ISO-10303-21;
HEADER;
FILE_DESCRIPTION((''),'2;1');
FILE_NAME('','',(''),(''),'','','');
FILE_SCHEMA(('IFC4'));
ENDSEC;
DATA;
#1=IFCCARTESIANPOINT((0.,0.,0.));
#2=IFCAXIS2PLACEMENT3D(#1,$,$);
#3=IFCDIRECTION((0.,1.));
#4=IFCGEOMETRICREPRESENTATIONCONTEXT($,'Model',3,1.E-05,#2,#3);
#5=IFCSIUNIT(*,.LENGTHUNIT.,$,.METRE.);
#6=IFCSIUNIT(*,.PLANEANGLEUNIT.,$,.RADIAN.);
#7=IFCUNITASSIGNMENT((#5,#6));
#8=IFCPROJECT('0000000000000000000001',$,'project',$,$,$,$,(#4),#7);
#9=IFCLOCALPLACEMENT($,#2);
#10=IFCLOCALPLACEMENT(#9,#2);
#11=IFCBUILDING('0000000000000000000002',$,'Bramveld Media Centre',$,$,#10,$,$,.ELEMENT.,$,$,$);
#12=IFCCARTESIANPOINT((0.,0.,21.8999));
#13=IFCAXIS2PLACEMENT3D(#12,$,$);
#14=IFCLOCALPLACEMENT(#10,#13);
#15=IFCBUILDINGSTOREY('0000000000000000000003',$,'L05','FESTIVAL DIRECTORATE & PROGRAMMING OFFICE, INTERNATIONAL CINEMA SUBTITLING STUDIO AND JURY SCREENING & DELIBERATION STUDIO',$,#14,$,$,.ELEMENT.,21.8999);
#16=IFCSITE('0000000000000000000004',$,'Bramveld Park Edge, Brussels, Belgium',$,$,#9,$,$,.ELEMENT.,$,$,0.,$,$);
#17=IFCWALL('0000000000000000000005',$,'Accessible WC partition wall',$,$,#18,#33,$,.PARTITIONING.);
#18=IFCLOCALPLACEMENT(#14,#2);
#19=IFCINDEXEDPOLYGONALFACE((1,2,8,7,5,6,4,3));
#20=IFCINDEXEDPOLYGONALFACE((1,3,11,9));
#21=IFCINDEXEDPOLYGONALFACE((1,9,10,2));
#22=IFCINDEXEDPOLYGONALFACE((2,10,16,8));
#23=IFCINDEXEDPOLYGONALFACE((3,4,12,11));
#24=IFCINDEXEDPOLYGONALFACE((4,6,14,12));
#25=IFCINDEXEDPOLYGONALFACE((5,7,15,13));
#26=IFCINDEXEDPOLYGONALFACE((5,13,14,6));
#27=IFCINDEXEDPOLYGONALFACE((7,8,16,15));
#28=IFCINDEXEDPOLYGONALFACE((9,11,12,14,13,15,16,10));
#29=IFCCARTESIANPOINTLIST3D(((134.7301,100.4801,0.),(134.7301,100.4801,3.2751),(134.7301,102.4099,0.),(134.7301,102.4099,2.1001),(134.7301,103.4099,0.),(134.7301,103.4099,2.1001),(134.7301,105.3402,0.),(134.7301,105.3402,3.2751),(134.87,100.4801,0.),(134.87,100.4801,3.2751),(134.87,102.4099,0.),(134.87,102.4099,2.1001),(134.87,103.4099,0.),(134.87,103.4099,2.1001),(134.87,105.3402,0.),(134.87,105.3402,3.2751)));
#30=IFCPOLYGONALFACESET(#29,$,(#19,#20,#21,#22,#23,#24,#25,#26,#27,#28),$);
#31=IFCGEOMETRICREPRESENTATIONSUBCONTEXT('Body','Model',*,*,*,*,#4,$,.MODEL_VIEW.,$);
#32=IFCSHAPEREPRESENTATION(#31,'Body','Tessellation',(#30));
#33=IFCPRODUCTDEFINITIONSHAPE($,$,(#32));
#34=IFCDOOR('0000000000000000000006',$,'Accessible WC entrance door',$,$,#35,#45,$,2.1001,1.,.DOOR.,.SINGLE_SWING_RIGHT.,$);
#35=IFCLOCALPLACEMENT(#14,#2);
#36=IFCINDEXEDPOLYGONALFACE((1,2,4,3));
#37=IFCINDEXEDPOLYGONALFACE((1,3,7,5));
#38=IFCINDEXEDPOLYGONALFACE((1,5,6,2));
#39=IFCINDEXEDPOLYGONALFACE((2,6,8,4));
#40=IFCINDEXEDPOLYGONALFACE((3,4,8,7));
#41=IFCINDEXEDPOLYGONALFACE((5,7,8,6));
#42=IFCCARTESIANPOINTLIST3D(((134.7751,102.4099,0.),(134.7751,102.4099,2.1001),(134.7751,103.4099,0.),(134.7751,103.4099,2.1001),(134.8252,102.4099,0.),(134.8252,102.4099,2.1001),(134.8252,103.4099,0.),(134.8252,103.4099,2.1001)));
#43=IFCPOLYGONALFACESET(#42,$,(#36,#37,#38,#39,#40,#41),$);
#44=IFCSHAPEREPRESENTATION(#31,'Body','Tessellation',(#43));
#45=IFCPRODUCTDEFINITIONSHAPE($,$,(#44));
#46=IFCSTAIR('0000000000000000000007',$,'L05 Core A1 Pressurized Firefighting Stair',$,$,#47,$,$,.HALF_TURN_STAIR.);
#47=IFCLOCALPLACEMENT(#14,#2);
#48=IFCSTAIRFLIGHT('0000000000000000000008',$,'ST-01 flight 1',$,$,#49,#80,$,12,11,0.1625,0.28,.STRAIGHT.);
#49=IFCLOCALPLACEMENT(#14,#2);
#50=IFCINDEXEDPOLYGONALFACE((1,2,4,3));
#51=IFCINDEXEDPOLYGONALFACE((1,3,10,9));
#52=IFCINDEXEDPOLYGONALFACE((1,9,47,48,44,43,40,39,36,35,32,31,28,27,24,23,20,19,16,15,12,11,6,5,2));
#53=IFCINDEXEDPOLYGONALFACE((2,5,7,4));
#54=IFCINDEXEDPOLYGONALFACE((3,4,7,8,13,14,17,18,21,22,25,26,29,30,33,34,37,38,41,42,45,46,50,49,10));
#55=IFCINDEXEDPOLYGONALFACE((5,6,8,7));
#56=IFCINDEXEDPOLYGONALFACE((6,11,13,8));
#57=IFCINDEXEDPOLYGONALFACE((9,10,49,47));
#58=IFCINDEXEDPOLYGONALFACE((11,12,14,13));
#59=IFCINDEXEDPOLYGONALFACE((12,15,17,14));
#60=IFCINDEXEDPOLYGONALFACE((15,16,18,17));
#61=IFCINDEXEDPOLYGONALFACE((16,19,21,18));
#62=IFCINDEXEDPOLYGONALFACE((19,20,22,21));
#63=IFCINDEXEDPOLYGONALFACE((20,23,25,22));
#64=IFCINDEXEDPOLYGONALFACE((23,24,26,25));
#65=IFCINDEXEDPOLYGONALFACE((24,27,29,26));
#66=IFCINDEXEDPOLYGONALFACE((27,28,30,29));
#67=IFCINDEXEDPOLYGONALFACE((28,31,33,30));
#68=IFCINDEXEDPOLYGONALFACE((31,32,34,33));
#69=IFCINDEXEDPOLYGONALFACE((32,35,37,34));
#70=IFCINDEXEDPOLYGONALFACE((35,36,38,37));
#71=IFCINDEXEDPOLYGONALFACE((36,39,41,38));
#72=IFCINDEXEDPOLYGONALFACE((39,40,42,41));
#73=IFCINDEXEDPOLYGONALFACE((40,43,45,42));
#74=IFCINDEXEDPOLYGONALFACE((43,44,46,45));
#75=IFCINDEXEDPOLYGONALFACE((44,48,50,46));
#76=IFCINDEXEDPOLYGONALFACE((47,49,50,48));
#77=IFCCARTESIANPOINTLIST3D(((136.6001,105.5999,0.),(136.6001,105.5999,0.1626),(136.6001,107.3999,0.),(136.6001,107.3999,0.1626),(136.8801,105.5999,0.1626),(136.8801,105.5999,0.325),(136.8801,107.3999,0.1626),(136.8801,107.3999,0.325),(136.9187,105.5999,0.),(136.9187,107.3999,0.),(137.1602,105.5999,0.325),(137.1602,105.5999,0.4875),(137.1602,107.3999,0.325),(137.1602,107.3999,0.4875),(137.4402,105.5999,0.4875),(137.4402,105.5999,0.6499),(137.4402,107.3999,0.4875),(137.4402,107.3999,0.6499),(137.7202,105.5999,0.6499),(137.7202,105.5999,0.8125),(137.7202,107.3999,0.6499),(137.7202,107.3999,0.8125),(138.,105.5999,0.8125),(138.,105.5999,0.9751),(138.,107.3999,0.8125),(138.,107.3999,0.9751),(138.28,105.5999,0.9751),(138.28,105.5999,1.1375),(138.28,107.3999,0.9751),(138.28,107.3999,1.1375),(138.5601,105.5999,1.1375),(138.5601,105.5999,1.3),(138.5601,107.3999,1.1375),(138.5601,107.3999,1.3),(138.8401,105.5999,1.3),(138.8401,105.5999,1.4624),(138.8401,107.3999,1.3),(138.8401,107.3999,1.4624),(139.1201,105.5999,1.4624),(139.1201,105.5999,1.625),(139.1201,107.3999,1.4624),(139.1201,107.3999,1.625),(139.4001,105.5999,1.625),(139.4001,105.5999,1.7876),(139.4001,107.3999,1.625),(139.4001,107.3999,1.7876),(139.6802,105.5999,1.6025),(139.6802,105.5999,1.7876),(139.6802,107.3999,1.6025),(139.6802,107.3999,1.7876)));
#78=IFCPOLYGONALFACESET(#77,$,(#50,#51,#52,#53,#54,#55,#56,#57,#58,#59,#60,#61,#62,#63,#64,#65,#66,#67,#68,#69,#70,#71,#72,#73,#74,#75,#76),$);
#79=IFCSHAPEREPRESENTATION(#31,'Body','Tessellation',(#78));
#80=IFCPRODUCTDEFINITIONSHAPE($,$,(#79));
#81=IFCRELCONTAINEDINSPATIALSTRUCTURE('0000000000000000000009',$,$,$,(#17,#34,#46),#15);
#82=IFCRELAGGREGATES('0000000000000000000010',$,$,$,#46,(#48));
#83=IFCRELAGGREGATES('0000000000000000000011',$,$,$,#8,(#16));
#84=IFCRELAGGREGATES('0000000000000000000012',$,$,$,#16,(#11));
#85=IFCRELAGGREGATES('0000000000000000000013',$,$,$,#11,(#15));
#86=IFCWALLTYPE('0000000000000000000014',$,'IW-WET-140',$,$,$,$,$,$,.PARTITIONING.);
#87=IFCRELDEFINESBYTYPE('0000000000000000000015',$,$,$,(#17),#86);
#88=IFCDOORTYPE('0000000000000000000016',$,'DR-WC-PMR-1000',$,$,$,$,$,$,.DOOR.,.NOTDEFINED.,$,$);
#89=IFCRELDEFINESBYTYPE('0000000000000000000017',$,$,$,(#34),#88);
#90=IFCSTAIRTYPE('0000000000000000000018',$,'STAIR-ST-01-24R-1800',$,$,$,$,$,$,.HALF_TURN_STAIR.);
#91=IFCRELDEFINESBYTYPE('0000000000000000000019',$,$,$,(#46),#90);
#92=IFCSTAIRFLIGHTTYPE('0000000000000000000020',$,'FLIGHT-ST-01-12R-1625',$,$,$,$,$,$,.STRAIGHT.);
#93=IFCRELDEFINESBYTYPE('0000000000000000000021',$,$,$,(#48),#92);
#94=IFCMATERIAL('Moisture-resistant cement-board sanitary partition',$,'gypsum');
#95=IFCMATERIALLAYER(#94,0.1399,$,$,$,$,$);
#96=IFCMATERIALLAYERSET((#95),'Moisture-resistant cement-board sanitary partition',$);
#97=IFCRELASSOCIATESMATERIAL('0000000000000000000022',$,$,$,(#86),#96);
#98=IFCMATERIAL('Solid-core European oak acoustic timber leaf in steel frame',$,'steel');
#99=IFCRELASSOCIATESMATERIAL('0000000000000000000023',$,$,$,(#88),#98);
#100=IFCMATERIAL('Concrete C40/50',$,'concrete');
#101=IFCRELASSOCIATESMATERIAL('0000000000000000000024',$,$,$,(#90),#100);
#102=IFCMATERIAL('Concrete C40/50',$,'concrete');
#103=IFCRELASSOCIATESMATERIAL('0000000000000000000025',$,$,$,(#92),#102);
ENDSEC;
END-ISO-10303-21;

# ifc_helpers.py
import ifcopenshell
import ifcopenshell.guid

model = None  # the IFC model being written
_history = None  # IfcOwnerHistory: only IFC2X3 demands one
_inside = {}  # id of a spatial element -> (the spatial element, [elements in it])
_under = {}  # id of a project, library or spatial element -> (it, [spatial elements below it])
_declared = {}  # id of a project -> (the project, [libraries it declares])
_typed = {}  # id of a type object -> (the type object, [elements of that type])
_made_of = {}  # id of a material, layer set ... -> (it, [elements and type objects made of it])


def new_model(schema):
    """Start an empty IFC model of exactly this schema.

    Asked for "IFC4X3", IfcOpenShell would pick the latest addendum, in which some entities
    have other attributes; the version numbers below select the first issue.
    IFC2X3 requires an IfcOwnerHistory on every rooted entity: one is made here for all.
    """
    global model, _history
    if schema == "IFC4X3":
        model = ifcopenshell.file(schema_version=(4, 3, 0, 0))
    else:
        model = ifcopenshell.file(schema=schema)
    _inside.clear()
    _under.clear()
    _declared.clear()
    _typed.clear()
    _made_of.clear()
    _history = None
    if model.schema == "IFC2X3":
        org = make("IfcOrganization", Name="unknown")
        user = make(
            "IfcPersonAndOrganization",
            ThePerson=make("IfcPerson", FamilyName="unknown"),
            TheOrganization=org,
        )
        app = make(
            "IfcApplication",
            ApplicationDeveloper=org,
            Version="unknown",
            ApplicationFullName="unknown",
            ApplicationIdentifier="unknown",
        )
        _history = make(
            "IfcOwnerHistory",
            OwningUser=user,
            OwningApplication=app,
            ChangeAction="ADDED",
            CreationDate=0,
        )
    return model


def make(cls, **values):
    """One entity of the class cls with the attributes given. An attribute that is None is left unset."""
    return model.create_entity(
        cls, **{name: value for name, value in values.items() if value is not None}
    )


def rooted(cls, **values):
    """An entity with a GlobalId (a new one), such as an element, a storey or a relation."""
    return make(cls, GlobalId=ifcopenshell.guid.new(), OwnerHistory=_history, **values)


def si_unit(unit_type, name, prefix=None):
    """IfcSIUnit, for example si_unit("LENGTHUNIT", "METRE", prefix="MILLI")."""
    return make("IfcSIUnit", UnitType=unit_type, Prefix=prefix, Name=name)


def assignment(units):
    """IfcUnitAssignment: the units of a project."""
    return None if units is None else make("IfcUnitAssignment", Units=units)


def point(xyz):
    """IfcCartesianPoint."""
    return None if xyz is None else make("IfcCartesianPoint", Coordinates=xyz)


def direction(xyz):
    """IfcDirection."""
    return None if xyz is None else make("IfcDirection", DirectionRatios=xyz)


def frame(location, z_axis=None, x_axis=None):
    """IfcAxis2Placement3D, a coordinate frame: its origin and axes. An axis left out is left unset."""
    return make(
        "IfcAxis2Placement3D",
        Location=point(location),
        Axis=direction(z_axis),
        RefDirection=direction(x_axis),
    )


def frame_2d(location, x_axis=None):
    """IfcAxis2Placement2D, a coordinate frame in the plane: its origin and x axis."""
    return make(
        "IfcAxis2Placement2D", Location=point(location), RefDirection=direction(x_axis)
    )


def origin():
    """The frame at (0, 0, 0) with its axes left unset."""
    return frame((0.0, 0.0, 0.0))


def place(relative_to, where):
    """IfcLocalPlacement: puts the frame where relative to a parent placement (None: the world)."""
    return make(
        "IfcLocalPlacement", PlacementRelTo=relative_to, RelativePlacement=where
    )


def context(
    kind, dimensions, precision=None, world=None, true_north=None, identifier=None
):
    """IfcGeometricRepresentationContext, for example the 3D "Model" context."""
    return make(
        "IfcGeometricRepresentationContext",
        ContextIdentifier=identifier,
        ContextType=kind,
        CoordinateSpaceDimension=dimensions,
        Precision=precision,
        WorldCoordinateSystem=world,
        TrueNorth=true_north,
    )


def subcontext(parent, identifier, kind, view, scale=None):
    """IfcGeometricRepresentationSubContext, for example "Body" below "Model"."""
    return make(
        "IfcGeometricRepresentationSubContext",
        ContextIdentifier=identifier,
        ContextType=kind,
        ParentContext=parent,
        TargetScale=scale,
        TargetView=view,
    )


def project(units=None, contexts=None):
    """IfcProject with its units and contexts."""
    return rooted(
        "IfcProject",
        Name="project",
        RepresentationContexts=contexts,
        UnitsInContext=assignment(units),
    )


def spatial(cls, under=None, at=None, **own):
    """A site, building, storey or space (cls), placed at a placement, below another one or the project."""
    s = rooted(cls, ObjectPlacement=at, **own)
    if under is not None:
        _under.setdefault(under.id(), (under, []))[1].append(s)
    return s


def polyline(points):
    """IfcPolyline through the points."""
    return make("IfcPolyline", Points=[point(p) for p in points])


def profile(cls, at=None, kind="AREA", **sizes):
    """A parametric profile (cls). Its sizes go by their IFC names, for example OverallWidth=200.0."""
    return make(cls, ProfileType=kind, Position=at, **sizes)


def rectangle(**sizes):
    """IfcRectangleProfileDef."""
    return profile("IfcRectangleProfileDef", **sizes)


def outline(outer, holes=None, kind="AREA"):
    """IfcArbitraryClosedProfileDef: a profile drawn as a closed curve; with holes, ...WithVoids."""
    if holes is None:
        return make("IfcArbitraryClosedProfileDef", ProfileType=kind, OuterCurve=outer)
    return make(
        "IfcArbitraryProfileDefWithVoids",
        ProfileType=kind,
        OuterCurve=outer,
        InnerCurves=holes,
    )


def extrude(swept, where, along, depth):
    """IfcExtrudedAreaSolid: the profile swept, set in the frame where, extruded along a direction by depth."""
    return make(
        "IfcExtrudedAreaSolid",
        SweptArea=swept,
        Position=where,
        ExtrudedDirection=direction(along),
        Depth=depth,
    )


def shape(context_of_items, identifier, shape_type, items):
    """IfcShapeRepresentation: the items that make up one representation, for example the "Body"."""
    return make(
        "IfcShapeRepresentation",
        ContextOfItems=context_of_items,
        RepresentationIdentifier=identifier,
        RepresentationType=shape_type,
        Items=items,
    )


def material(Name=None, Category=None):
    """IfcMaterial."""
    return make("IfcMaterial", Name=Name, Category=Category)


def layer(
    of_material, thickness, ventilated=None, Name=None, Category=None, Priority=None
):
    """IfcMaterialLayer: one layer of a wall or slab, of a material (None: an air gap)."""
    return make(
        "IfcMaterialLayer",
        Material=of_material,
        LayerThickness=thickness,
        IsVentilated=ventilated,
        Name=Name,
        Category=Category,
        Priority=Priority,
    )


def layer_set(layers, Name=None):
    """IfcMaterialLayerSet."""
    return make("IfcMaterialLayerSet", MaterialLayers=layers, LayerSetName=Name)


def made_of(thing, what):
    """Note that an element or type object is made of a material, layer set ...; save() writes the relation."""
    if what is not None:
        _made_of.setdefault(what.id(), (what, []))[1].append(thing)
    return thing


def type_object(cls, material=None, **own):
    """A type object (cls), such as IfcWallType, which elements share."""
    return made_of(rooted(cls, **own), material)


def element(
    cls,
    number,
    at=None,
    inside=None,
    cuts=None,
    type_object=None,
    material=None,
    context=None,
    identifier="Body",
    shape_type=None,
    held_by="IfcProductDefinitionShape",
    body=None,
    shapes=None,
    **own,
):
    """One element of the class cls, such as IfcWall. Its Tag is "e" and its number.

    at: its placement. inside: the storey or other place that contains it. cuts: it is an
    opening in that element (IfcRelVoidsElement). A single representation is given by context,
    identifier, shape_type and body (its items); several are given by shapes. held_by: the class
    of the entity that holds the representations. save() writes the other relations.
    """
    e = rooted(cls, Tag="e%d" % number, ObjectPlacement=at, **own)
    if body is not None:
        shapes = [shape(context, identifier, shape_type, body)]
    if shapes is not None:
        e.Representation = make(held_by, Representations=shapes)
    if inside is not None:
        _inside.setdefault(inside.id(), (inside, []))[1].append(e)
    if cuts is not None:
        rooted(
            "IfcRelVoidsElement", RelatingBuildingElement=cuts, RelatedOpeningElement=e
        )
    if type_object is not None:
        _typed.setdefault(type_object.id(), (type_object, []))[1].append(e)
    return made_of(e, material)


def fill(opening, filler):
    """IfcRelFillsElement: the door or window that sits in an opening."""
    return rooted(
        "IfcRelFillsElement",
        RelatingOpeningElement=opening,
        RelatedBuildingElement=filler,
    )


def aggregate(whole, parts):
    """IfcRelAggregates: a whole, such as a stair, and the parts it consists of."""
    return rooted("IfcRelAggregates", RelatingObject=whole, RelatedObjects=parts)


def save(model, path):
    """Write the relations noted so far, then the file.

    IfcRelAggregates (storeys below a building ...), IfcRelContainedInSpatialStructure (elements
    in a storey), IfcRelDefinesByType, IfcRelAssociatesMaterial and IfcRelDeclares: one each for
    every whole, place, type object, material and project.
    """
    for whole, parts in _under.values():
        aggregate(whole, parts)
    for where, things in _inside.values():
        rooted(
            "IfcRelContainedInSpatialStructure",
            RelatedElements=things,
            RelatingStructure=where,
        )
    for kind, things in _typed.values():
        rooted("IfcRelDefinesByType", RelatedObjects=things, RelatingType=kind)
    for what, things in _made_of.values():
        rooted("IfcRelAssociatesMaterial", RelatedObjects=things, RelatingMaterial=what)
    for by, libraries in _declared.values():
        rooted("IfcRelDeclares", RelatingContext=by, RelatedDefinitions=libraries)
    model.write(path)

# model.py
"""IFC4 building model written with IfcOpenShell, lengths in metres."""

from ifc_helpers import new_model, si_unit, direction, frame, frame_2d, origin, place, context, subcontext, project, spatial, polyline, rectangle, outline, extrude, material, layer, layer_set, type_object, element, fill, aggregate, save


model = new_model("IFC4")

# Units and contexts
model_context = context("Model", 3, precision=1e-05, world=origin(), true_north=direction((0.0, 1.0)))
body_context = subcontext(model_context, "Body", "Model", "MODEL_VIEW")
ifc_project = project(units=[si_unit("LENGTHUNIT", "METRE"), si_unit("PLANEANGLEUNIT", "RADIAN")], contexts=[model_context])

# Site, building, storey
site_placement = place(None, origin())
site = spatial("IfcSite", under=ifc_project, at=site_placement, Name="Bramveld Park Edge, Brussels, Belgium", CompositionType="ELEMENT", RefElevation=0.0)
building_placement = place(site_placement, origin())
building = spatial("IfcBuilding", under=site, at=building_placement, Name="Bramveld Media Centre", CompositionType="ELEMENT")
storey_placement = place(building_placement, frame((0.0, 0.0, 21.8999)))
storey = spatial("IfcBuildingStorey", under=building, at=storey_placement, Name="L05", Description="FESTIVAL DIRECTORATE & PROGRAMMING OFFICE, INTERNATIONAL CINEMA SUBTITLING STUDIO AND JURY SCREENING & DELIBERATION STUDIO", CompositionType="ELEMENT", Elevation=21.8999)

# Wall, opening, door
ifc_material_1 = material(Name="Moisture-resistant cement-board sanitary partition", Category="gypsum")
ifc_layer_1 = layer(ifc_material_1, 0.1399)
ifc_layer_set_1 = layer_set([ifc_layer_1], Name="Moisture-resistant cement-board sanitary partition")
wall_type_1 = type_object("IfcWallType", Name="IW-WET-140", PredefinedType="PARTITIONING", material=ifc_layer_set_1)
wall_1_placement = place(storey_placement, frame((134.8, 100.48, 0.0), z_axis=(0.0, 0.0, 1.0), x_axis=(0.0, 1.0, 0.0)))
wall_1 = element("IfcWall", 1, at=wall_1_placement, inside=storey, type_object=wall_type_1, Name="Accessible WC partition wall", PredefinedType="PARTITIONING", context=body_context, shape_type="SweptSolid", body=[
    extrude(rectangle(XDim=4.8601, YDim=0.1399, at=frame_2d((2.4302, 0.0))), origin(), (0.0, 0.0, 1.0), 3.2751),
])
opening_1_placement = place(wall_1_placement, frame((1.9299, 0.0, 0.0)))
opening_1 = element("IfcOpeningElement", 2, at=opening_1_placement, cuts=wall_1, PredefinedType="OPENING", context=body_context, shape_type="SweptSolid", body=[
    extrude(rectangle(XDim=1.0, YDim=2.1001, at=frame_2d((0.5, 1.05))), frame((0.0, 0.082, 0.0), z_axis=(0.0, -1.0, 0.0), x_axis=(1.0, 0.0, 0.0)), (0.0, 0.0, 1.0), 0.1638),
])
ifc_material_2 = material(Name="Solid-core European oak acoustic timber leaf in steel frame", Category="steel")
door_type_1 = type_object("IfcDoorType", Name="DR-WC-PMR-1000", OperationType="NOTDEFINED", PredefinedType="DOOR", material=ifc_material_2)
door_1_placement = place(opening_1_placement, origin())
door_1 = element("IfcDoor", 3, at=door_1_placement, inside=storey, type_object=door_type_1, Name="Accessible WC entrance door", OperationType="SINGLE_SWING_RIGHT", OverallHeight=2.1001, OverallWidth=1.0, PredefinedType="DOOR", context=body_context, shape_type="SweptSolid", body=[
    extrude(rectangle(XDim=1.0, YDim=2.1001, at=frame_2d((0.5, 1.05))), frame((0.0, 0.0249, 0.0), z_axis=(0.0, -1.0, 0.0), x_axis=(1.0, 0.0, 0.0)), (0.0, 0.0, 1.0), 0.05),
])
fill(opening_1, door_1)

# Stair, stair flight
ifc_material_3 = material(Name="Concrete C40/50", Category="concrete")
stair_type = type_object("IfcStairType", Name="STAIR-ST-01-24R-1800", PredefinedType="HALF_TURN_STAIR", material=ifc_material_3)
stair_placement = place(storey_placement, origin())
stair = element("IfcStair", 4, at=stair_placement, inside=storey, type_object=stair_type, Name="L05 Core A1 Pressurized Firefighting Stair", PredefinedType="HALF_TURN_STAIR")
ifc_material_4 = material(Name="Concrete C40/50", Category="concrete")
stair_flight_type = type_object("IfcStairFlightType", Name="FLIGHT-ST-01-12R-1625", PredefinedType="STRAIGHT", material=ifc_material_4)
stair_flight_placement = place(storey_placement, frame((136.6001, 106.5, 0.0), z_axis=(0.0, 0.0, 1.0), x_axis=(1.0, 0.0, 0.0)))
stair_flight = element("IfcStairFlight", 5, at=stair_flight_placement, type_object=stair_flight_type, Name="ST-01 flight 1", NumberOfRisers=12, NumberOfTreads=11, PredefinedType="STRAIGHT", RiserHeight=0.1625, TreadLength=0.28, context=body_context, shape_type="SweptSolid", body=[
    extrude(outline(polyline([(0.0, 0.0), (0.0, 0.1626), (0.28, 0.1626), (0.28, 0.325), (0.5601, 0.325), (0.5601, 0.4875), (0.8401, 0.4875), (0.8401, 0.6499), (1.1201, 0.6499), (1.1201, 0.8125), (1.3999, 0.8125), (1.3999, 0.9751), (1.6799, 0.9751), (1.6799, 1.1375), (1.96, 1.1375), (1.96, 1.3), (2.24, 1.3), (2.24, 1.4624), (2.52, 1.4624), (2.52, 1.625), (2.8, 1.625), (2.8, 1.7876), (3.0801, 1.7876), (3.0801, 1.95), (3.0801, 1.6025), (0.3186, 0.0), (0.0, 0.0)])), frame((0.0, 0.8999, 0.0), z_axis=(0.0, -1.0, 0.0), x_axis=(1.0, 0.0, 0.0)), (0.0, 0.0, 1.0), 1.8),
])
aggregate(stair, [stair_flight])

save(model, "model.ifc")
